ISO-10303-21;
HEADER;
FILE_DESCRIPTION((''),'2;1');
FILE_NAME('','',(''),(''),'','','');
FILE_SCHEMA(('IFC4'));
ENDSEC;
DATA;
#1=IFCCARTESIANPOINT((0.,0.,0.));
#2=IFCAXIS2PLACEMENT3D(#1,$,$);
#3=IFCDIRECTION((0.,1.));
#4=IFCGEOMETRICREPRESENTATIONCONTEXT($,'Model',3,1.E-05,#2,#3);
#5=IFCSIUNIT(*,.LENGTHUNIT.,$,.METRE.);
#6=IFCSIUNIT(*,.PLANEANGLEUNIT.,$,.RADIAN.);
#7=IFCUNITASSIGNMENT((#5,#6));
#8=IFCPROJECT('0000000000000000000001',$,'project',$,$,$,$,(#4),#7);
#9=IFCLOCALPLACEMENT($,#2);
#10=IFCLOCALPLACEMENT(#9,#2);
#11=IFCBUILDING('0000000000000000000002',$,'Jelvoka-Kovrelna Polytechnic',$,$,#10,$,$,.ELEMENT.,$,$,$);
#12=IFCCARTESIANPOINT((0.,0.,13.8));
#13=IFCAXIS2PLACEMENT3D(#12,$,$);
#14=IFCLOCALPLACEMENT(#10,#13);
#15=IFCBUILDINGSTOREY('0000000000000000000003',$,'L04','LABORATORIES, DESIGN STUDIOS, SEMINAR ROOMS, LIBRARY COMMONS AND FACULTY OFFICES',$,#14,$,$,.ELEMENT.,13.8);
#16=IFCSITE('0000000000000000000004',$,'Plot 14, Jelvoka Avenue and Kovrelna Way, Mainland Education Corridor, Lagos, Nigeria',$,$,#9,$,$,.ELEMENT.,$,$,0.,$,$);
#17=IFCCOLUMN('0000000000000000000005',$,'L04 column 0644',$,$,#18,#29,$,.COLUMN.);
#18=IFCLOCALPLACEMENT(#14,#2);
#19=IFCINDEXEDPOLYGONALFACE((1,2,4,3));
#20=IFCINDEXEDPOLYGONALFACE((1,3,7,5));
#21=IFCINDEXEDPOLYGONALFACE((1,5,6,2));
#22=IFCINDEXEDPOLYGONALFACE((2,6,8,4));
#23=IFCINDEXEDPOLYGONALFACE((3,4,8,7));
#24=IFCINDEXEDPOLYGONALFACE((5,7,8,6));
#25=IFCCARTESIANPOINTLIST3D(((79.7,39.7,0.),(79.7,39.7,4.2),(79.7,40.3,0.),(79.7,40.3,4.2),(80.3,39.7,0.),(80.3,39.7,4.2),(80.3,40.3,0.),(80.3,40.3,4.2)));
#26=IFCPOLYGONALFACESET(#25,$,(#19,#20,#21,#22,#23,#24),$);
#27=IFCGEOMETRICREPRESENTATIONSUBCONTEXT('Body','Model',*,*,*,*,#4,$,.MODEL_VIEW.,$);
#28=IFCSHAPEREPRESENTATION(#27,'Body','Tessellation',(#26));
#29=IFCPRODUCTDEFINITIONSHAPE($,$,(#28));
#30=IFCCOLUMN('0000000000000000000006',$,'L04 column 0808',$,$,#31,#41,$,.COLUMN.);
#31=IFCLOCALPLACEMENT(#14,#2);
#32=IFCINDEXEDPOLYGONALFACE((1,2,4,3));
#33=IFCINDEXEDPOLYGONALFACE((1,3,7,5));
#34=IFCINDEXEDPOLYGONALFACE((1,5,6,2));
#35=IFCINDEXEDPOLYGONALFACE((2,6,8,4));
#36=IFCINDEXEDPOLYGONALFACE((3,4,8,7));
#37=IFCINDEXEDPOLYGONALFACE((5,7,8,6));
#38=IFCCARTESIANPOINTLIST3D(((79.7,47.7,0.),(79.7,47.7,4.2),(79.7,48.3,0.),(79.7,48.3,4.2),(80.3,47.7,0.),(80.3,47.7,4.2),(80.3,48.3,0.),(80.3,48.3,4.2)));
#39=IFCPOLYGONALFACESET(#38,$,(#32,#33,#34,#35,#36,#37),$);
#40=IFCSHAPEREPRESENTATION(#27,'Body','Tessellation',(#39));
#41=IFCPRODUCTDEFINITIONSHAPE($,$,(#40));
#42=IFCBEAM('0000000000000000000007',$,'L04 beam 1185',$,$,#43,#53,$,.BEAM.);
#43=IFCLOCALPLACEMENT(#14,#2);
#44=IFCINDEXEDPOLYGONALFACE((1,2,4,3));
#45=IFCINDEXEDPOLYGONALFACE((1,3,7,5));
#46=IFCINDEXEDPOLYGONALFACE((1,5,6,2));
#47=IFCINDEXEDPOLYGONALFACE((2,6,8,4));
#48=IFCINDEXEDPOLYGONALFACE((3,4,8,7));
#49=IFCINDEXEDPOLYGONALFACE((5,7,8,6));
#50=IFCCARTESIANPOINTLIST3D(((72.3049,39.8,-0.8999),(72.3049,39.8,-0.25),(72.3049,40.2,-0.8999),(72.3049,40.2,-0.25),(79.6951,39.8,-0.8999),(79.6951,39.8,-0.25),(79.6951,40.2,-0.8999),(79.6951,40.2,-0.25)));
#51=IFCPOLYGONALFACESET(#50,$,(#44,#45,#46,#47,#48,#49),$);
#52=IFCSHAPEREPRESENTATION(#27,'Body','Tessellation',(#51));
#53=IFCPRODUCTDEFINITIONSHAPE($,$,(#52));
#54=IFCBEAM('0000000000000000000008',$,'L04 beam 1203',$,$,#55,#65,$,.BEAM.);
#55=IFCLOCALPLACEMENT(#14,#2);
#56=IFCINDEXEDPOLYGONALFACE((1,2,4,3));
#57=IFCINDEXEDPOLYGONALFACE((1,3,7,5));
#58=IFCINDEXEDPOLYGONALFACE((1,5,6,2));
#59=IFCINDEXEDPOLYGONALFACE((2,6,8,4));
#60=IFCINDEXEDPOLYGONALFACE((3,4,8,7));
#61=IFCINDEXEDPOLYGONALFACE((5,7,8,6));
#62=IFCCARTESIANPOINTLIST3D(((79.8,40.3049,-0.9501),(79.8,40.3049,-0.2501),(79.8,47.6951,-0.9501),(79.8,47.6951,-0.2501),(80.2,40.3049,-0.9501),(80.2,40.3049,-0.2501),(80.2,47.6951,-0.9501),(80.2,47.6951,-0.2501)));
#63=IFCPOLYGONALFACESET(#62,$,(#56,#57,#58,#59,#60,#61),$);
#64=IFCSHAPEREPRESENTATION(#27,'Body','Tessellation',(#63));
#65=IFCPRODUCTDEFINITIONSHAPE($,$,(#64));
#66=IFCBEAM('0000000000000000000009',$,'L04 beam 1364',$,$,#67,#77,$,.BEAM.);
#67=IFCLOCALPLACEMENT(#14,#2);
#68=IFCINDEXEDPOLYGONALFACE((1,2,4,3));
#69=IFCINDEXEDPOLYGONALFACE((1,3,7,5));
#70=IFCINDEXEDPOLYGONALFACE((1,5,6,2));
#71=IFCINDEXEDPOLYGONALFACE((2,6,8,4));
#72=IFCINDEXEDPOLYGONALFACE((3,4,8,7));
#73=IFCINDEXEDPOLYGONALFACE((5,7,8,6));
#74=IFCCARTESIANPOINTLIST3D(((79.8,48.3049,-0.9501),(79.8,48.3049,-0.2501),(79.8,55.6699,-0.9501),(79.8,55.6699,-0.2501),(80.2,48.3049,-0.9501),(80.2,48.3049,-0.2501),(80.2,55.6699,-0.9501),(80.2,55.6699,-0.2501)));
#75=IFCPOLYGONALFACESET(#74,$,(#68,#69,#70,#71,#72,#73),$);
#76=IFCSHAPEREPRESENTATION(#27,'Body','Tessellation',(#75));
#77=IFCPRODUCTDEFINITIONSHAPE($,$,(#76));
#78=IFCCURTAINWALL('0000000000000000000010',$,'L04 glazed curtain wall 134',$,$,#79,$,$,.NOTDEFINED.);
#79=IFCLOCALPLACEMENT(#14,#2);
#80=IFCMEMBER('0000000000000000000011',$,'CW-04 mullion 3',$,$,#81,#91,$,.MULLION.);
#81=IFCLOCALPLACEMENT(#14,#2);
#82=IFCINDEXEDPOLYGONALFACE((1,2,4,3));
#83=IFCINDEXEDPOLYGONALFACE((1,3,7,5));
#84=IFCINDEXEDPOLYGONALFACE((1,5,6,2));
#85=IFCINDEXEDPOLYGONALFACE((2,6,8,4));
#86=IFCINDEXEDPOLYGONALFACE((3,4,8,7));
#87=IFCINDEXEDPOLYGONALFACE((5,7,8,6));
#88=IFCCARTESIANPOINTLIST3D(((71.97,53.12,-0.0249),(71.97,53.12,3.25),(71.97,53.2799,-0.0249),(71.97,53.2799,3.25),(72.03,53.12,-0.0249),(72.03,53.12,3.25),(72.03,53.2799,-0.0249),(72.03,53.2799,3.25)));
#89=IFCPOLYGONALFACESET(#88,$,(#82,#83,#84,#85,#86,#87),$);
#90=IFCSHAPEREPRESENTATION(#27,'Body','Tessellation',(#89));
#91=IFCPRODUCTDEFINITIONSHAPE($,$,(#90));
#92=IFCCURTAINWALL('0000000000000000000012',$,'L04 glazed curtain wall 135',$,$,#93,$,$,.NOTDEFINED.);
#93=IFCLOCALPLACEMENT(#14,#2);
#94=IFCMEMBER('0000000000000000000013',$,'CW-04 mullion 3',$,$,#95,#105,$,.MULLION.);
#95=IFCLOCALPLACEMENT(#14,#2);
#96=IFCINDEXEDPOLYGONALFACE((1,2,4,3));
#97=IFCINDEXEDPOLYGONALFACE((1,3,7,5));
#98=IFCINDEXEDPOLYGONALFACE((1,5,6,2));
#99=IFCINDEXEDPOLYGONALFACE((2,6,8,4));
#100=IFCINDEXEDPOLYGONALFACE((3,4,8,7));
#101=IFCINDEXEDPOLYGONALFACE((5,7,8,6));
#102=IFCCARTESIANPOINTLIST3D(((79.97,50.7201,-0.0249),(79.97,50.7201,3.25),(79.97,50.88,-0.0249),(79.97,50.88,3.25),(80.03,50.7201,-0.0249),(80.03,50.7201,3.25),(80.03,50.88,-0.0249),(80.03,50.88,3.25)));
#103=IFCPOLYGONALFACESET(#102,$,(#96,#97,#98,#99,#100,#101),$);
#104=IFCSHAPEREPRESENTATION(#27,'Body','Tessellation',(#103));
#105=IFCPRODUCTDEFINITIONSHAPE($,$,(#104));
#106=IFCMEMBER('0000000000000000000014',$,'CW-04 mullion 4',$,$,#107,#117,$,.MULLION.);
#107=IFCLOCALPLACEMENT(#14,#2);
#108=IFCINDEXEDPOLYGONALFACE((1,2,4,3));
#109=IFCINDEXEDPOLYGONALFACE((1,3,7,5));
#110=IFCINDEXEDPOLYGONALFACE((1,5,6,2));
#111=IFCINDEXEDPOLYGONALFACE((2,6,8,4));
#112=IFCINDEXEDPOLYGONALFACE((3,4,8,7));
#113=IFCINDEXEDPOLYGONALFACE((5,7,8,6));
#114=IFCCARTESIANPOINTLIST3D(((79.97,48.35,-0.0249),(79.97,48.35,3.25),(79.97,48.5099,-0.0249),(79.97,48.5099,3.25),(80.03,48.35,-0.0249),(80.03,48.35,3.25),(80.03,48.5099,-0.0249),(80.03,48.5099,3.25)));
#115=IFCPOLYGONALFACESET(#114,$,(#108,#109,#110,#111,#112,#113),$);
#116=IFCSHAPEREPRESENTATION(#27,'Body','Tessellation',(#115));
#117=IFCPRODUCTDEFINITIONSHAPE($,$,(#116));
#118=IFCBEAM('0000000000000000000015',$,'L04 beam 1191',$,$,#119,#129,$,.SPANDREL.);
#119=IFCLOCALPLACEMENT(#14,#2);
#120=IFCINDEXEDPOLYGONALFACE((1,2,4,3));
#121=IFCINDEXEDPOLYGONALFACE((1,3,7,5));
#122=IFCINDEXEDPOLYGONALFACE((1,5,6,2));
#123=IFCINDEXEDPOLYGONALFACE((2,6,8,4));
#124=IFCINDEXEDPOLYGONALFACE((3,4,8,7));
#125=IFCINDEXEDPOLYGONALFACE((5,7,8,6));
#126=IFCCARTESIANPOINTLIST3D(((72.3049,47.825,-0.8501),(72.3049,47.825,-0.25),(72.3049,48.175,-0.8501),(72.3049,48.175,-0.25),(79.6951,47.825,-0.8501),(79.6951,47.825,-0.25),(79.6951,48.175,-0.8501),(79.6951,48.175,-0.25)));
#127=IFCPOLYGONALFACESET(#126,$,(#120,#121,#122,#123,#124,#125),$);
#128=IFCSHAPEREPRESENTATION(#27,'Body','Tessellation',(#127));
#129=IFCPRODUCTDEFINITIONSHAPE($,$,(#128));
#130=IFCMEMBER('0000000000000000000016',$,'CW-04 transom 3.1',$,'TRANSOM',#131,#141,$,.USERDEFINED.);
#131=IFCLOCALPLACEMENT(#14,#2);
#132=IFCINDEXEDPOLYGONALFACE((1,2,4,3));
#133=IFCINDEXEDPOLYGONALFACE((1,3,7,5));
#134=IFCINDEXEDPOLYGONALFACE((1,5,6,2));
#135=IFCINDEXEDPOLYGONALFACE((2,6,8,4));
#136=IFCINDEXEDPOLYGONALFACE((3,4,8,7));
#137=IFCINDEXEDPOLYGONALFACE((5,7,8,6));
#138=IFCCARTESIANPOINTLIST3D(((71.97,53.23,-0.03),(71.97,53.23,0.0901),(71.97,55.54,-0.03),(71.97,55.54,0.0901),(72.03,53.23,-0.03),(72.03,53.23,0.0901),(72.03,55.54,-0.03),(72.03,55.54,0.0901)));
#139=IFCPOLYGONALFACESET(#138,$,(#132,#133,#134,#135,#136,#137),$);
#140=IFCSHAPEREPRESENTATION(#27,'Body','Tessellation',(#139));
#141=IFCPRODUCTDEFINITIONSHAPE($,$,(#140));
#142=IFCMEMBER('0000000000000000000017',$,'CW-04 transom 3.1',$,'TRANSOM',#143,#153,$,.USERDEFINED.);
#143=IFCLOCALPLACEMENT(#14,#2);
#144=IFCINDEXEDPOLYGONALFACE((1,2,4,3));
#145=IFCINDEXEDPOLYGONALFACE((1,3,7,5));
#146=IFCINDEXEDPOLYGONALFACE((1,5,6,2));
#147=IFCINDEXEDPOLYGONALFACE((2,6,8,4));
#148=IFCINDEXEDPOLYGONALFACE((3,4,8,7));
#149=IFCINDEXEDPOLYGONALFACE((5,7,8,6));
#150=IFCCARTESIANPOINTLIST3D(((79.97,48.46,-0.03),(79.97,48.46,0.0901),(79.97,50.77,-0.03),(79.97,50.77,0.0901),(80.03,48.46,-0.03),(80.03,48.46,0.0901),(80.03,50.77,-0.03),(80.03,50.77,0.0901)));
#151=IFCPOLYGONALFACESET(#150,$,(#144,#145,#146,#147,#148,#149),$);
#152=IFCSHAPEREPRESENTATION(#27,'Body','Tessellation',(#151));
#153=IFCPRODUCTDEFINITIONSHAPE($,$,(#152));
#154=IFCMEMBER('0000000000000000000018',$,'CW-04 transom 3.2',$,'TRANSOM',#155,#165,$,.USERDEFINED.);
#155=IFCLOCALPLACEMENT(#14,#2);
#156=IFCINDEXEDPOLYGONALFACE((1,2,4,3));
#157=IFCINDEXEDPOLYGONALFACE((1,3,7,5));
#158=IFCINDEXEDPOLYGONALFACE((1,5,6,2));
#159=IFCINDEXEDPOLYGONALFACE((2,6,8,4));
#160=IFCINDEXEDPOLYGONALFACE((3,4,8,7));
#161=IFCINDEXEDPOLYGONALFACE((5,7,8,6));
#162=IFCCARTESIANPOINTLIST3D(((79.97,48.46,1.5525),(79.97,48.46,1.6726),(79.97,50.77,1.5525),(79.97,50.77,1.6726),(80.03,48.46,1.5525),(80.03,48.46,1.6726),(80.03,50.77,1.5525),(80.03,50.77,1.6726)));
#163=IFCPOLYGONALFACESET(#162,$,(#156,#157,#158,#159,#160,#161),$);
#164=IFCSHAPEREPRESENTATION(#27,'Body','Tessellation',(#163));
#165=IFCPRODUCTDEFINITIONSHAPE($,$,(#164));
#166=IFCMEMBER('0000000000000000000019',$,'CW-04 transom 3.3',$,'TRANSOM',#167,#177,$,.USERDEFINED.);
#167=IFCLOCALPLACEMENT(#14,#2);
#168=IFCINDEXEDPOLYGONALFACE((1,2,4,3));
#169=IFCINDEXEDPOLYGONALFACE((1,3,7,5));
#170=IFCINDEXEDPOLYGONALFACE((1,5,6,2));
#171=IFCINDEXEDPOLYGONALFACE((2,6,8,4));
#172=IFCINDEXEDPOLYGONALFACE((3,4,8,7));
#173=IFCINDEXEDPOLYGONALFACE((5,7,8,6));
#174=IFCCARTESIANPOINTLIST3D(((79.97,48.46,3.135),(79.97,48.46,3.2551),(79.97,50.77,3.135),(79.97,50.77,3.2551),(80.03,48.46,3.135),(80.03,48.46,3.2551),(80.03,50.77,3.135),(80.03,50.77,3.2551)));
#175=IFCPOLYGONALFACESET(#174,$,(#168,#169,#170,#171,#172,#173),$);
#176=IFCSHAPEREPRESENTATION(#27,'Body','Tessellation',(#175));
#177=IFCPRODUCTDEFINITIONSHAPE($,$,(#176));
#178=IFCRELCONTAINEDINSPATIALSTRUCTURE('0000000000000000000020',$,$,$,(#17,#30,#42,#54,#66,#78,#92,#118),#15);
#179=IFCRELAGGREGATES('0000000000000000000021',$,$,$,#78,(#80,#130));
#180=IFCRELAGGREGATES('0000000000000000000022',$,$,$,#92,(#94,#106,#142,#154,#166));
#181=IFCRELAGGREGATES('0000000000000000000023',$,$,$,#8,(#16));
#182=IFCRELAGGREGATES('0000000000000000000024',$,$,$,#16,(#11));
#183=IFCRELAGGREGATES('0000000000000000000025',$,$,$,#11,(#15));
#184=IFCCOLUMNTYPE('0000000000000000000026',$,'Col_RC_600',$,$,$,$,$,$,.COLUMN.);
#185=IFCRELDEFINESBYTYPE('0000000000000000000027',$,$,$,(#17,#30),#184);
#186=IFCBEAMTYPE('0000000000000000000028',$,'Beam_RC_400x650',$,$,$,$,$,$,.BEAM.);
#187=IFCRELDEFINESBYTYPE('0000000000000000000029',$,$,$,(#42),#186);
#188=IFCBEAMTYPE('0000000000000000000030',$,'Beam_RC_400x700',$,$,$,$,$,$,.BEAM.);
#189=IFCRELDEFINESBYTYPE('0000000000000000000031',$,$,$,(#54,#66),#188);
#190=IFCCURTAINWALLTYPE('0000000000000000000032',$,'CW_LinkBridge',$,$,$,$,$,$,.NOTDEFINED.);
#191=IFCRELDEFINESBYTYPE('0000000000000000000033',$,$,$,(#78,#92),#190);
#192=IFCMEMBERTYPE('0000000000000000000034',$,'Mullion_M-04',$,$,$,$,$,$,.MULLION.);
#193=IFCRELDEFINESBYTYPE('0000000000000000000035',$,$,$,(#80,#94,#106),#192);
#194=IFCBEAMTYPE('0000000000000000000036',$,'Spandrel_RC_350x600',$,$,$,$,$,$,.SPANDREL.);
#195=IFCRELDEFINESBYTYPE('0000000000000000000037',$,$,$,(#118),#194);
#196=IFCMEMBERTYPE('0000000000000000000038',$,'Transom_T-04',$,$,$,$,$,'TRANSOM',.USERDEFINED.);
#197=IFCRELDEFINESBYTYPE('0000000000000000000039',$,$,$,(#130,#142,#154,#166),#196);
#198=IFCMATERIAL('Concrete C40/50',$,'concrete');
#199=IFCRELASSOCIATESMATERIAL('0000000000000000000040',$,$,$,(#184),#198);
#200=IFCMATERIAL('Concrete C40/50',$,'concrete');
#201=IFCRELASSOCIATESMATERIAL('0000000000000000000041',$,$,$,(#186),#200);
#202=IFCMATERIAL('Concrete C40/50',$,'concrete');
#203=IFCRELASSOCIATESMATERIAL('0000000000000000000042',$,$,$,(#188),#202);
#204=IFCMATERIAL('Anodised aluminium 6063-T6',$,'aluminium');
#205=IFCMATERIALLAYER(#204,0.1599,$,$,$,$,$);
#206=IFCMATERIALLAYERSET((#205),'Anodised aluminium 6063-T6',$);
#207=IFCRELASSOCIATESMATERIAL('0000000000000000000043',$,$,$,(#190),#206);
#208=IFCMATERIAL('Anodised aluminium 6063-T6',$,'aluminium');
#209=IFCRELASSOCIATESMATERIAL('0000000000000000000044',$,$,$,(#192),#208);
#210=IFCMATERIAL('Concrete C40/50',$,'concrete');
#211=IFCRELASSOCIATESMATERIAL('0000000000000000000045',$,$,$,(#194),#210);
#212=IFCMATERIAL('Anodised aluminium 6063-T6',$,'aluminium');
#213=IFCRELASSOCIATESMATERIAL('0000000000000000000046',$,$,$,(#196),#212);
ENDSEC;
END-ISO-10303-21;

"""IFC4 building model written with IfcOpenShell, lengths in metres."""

from ifc_helpers import new_model, si_unit, direction, frame, origin, origin_2d, place, context, subcontext, project, spatial, rectangle, extrude, material, layer, layer_set, material_profile, profile_set, type_object, element, aggregate, save


model = new_model("IFC4")

# Units and contexts
model_context = context("Model", 3, precision=1e-05, world=origin(), true_north=direction((0.0, 1.0)))
body_context = subcontext(model_context, "Body", "Model", "MODEL_VIEW")
ifc_project = project(units=[si_unit("LENGTHUNIT", "METRE"), si_unit("PLANEANGLEUNIT", "RADIAN")], contexts=[model_context])

# Site, building, storey
site_placement = place(None, origin())
site = spatial("IfcSite", under=ifc_project, at=site_placement, Name="Plot 14, Jelvoka Avenue and Kovrelna Way, Mainland Education Corridor, Lagos, Nigeria", CompositionType="ELEMENT", RefElevation=0.0)
building_placement = place(site_placement, origin())
building = spatial("IfcBuilding", under=site, at=building_placement, Name="Jelvoka-Kovrelna Polytechnic", CompositionType="ELEMENT")
storey_placement = place(building_placement, frame((0.0, 0.0, 13.8)))
storey = spatial("IfcBuildingStorey", under=building, at=storey_placement, Name="L04", Description="LABORATORIES, DESIGN STUDIOS, SEMINAR ROOMS, LIBRARY COMMONS AND FACULTY OFFICES", CompositionType="ELEMENT", Elevation=13.8)

# Columns
ifc_material_1 = material(Name="Concrete C40/50", Category="concrete")
ifc_material_profile_1 = material_profile(ifc_material_1, rectangle(XDim=0.6001, YDim=0.6001, at=origin_2d()), Name="RC 600x600")
ifc_profile_set_1 = profile_set([ifc_material_profile_1], Name="Concrete C40/50")
column_type = type_object("IfcColumnType", Name="Col_RC_600", PredefinedType="COLUMN", material=ifc_profile_set_1)
for number, where, z_axis, x_axis, name in (
    (1, (80.0, 40.0, 0.0), (0.0, 0.0, 1.0), (1.0, 0.0, 0.0), "L04 column 0644"),
    (2, (80.0, 48.0, 0.0), (0.0, 0.0, 1.0), (1.0, 0.0, 0.0), "L04 column 0808"),
):
    element("IfcColumn", number, at=place(storey_placement, frame(where, z_axis=z_axis, x_axis=x_axis)), inside=storey, type_object=column_type, Name=name, PredefinedType="COLUMN", context=body_context, shape_type="SweptSolid", body=[
        extrude(rectangle(XDim=0.6001, YDim=0.6001, at=origin_2d()), origin(), (0.0, 0.0, 1.0), 4.2),
    ])

# Beams
ifc_material_2 = material(Name="Concrete C40/50", Category="concrete")
ifc_material_profile_2 = material_profile(ifc_material_2, rectangle(XDim=0.3999, YDim=0.6499, at=origin_2d()), Name="RC 400x650")
ifc_profile_set_2 = profile_set([ifc_material_profile_2], Name="Concrete C40/50")
beam_type_1 = type_object("IfcBeamType", Name="Beam_RC_400x650", PredefinedType="BEAM", material=ifc_profile_set_2)
beam_1_placement = place(storey_placement, frame((72.3049, 40.0, -0.575), z_axis=(1.0, 0.0, 0.0), x_axis=(0.0, 1.0, 0.0)))
element("IfcBeam", 3, at=beam_1_placement, inside=storey, type_object=beam_type_1, Name="L04 beam 1185", PredefinedType="BEAM", context=body_context, shape_type="SweptSolid", body=[
    extrude(rectangle(XDim=0.3999, YDim=0.6499, at=origin_2d()), origin(), (0.0, 0.0, 1.0), 7.3901),
])
ifc_material_3 = material(Name="Concrete C40/50", Category="concrete")
ifc_material_profile_3 = material_profile(ifc_material_3, rectangle(XDim=0.3999, YDim=0.7, at=origin_2d()), Name="RC 400x700")
ifc_profile_set_3 = profile_set([ifc_material_profile_3], Name="Concrete C40/50")
beam_type_2 = type_object("IfcBeamType", Name="Beam_RC_400x700", PredefinedType="BEAM", material=ifc_profile_set_3)
beam_2_placement = place(storey_placement, frame((80.0, 40.3049, -0.6001), z_axis=(0.0, 1.0, 0.0), x_axis=(-1.0, 0.0, 0.0)))
element("IfcBeam", 4, at=beam_2_placement, inside=storey, type_object=beam_type_2, Name="L04 beam 1203", PredefinedType="BEAM", context=body_context, shape_type="SweptSolid", body=[
    extrude(rectangle(XDim=0.3999, YDim=0.7, at=origin_2d()), origin(), (0.0, 0.0, 1.0), 7.3901),
])
beam_3_placement = place(storey_placement, frame((80.0, 48.3049, -0.6001), z_axis=(0.0, 1.0, 0.0), x_axis=(-1.0, 0.0, 0.0)))
element("IfcBeam", 5, at=beam_3_placement, inside=storey, type_object=beam_type_2, Name="L04 beam 1364", PredefinedType="BEAM", context=body_context, shape_type="SweptSolid", body=[
    extrude(rectangle(XDim=0.3999, YDim=0.7, at=origin_2d()), origin(), (0.0, 0.0, 1.0), 7.365),
])

# Curtain wall, member
ifc_material_4 = material(Name="Anodised aluminium 6063-T6", Category="aluminium")
ifc_layer_1 = layer(ifc_material_4, 0.1599)
ifc_layer_set_1 = layer_set([ifc_layer_1], Name="Anodised aluminium 6063-T6")
curtain_wall_type = type_object("IfcCurtainWallType", Name="CW_LinkBridge", PredefinedType="NOTDEFINED", material=ifc_layer_set_1)
curtain_wall_1_placement = place(storey_placement, origin())
curtain_wall_1 = element("IfcCurtainWall", 6, at=curtain_wall_1_placement, inside=storey, type_object=curtain_wall_type, Name="L04 glazed curtain wall 134", PredefinedType="NOTDEFINED")
ifc_material_5 = material(Name="Anodised aluminium 6063-T6", Category="aluminium")
ifc_material_profile_4 = material_profile(ifc_material_5, rectangle(XDim=0.0601, YDim=0.1599, at=origin_2d()), Name="ALU 60x160")
ifc_profile_set_4 = profile_set([ifc_material_profile_4], Name="Anodised aluminium 6063-T6")
member_type_1 = type_object("IfcMemberType", Name="Mullion_M-04", PredefinedType="MULLION", material=ifc_profile_set_4)
member_1_placement = place(storey_placement, frame((72.0, 53.2, -0.0249), z_axis=(0.0, 0.0, 1.0), x_axis=(-1.0, 0.0, 0.0)))
member_1 = element("IfcMember", 7, at=member_1_placement, type_object=member_type_1, Name="CW-04 mullion 3", PredefinedType="MULLION", context=body_context, shape_type="SweptSolid", body=[
    extrude(rectangle(XDim=0.0601, YDim=0.1599, at=origin_2d()), origin(), (0.0, 0.0, 1.0), 3.2749),
])

# Curtain wall, members
curtain_wall_2_placement = place(storey_placement, origin())
curtain_wall_2 = element("IfcCurtainWall", 8, at=curtain_wall_2_placement, inside=storey, type_object=curtain_wall_type, Name="L04 glazed curtain wall 135", PredefinedType="NOTDEFINED")
member_2_placement = place(storey_placement, frame((80.0, 50.8, -0.0249), z_axis=(0.0, 0.0, 1.0), x_axis=(1.0, 0.0, 0.0)))
member_2 = element("IfcMember", 9, at=member_2_placement, type_object=member_type_1, Name="CW-04 mullion 3", PredefinedType="MULLION", context=body_context, shape_type="SweptSolid", body=[
    extrude(rectangle(XDim=0.0601, YDim=0.1599, at=origin_2d()), origin(), (0.0, 0.0, 1.0), 3.2749),
])
member_3_placement = place(storey_placement, frame((80.0, 48.4299, -0.0249), z_axis=(0.0, 0.0, 1.0), x_axis=(1.0, 0.0, 0.0)))
member_3 = element("IfcMember", 10, at=member_3_placement, type_object=member_type_1, Name="CW-04 mullion 4", PredefinedType="MULLION", context=body_context, shape_type="SweptSolid", body=[
    extrude(rectangle(XDim=0.0601, YDim=0.1599, at=origin_2d()), origin(), (0.0, 0.0, 1.0), 3.2749),
])

# Beam
ifc_material_6 = material(Name="Concrete C40/50", Category="concrete")
ifc_material_profile_5 = material_profile(ifc_material_6, rectangle(XDim=0.3501, YDim=0.6001, at=origin_2d()), Name="RC 350x600")
ifc_profile_set_5 = profile_set([ifc_material_profile_5], Name="Concrete C40/50")
beam_type_3 = type_object("IfcBeamType", Name="Spandrel_RC_350x600", PredefinedType="SPANDREL", material=ifc_profile_set_5)
beam_4_placement = place(storey_placement, frame((72.3049, 48.0, -0.55), z_axis=(1.0, 0.0, 0.0), x_axis=(0.0, 1.0, 0.0)))
element("IfcBeam", 11, at=beam_4_placement, inside=storey, type_object=beam_type_3, Name="L04 beam 1191", PredefinedType="SPANDREL", context=body_context, shape_type="SweptSolid", body=[
    extrude(rectangle(XDim=0.3501, YDim=0.6001, at=origin_2d()), origin(), (0.0, 0.0, 1.0), 7.3901),
])

# Members
ifc_material_7 = material(Name="Anodised aluminium 6063-T6", Category="aluminium")
ifc_material_profile_6 = material_profile(ifc_material_7, rectangle(XDim=0.0601, YDim=0.1201, at=origin_2d()), Name="ALU 60x120")
ifc_profile_set_6 = profile_set([ifc_material_profile_6], Name="Anodised aluminium 6063-T6")
member_type_2 = type_object("IfcMemberType", Name="Transom_T-04", ElementType="TRANSOM", PredefinedType="USERDEFINED", material=ifc_profile_set_6)
member_4_placement = place(storey_placement, frame((72.0, 53.23, 0.03), z_axis=(0.0, 1.0, 0.0), x_axis=(-1.0, 0.0, 0.0)))
member_4 = element("IfcMember", 12, at=member_4_placement, type_object=member_type_2, Name="CW-04 transom 3.1", ObjectType="TRANSOM", PredefinedType="USERDEFINED", context=body_context, shape_type="SweptSolid", body=[
    extrude(rectangle(XDim=0.0601, YDim=0.1201, at=origin_2d()), origin(), (0.0, 0.0, 1.0), 2.3101),
])
member_5_placement = place(storey_placement, frame((80.0, 50.77, 0.03), z_axis=(0.0, -1.0, 0.0), x_axis=(1.0, 0.0, 0.0)))
member_5 = element("IfcMember", 13, at=member_5_placement, type_object=member_type_2, Name="CW-04 transom 3.1", ObjectType="TRANSOM", PredefinedType="USERDEFINED", context=body_context, shape_type="SweptSolid", body=[
    extrude(rectangle(XDim=0.0601, YDim=0.1201, at=origin_2d()), origin(), (0.0, 0.0, 1.0), 2.3101),
])
member_6_placement = place(storey_placement, frame((80.0, 50.77, 1.6125), z_axis=(0.0, -1.0, 0.0), x_axis=(1.0, 0.0, 0.0)))
member_6 = element("IfcMember", 14, at=member_6_placement, type_object=member_type_2, Name="CW-04 transom 3.2", ObjectType="TRANSOM", PredefinedType="USERDEFINED", context=body_context, shape_type="SweptSolid", body=[
    extrude(rectangle(XDim=0.0601, YDim=0.1201, at=origin_2d()), origin(), (0.0, 0.0, 1.0), 2.3101),
])
member_7_placement = place(storey_placement, frame((80.0, 50.77, 3.1951), z_axis=(0.0, -1.0, 0.0), x_axis=(1.0, 0.0, 0.0)))
member_7 = element("IfcMember", 15, at=member_7_placement, type_object=member_type_2, Name="CW-04 transom 3.3", ObjectType="TRANSOM", PredefinedType="USERDEFINED", context=body_context, shape_type="SweptSolid", body=[
    extrude(rectangle(XDim=0.0601, YDim=0.1201, at=origin_2d()), origin(), (0.0, 0.0, 1.0), 2.3101),
])

aggregate(curtain_wall_1, [member_1, member_4])
aggregate(curtain_wall_2, [member_2, member_3, member_5, member_6, member_7])

save(model, "model.ifc")
